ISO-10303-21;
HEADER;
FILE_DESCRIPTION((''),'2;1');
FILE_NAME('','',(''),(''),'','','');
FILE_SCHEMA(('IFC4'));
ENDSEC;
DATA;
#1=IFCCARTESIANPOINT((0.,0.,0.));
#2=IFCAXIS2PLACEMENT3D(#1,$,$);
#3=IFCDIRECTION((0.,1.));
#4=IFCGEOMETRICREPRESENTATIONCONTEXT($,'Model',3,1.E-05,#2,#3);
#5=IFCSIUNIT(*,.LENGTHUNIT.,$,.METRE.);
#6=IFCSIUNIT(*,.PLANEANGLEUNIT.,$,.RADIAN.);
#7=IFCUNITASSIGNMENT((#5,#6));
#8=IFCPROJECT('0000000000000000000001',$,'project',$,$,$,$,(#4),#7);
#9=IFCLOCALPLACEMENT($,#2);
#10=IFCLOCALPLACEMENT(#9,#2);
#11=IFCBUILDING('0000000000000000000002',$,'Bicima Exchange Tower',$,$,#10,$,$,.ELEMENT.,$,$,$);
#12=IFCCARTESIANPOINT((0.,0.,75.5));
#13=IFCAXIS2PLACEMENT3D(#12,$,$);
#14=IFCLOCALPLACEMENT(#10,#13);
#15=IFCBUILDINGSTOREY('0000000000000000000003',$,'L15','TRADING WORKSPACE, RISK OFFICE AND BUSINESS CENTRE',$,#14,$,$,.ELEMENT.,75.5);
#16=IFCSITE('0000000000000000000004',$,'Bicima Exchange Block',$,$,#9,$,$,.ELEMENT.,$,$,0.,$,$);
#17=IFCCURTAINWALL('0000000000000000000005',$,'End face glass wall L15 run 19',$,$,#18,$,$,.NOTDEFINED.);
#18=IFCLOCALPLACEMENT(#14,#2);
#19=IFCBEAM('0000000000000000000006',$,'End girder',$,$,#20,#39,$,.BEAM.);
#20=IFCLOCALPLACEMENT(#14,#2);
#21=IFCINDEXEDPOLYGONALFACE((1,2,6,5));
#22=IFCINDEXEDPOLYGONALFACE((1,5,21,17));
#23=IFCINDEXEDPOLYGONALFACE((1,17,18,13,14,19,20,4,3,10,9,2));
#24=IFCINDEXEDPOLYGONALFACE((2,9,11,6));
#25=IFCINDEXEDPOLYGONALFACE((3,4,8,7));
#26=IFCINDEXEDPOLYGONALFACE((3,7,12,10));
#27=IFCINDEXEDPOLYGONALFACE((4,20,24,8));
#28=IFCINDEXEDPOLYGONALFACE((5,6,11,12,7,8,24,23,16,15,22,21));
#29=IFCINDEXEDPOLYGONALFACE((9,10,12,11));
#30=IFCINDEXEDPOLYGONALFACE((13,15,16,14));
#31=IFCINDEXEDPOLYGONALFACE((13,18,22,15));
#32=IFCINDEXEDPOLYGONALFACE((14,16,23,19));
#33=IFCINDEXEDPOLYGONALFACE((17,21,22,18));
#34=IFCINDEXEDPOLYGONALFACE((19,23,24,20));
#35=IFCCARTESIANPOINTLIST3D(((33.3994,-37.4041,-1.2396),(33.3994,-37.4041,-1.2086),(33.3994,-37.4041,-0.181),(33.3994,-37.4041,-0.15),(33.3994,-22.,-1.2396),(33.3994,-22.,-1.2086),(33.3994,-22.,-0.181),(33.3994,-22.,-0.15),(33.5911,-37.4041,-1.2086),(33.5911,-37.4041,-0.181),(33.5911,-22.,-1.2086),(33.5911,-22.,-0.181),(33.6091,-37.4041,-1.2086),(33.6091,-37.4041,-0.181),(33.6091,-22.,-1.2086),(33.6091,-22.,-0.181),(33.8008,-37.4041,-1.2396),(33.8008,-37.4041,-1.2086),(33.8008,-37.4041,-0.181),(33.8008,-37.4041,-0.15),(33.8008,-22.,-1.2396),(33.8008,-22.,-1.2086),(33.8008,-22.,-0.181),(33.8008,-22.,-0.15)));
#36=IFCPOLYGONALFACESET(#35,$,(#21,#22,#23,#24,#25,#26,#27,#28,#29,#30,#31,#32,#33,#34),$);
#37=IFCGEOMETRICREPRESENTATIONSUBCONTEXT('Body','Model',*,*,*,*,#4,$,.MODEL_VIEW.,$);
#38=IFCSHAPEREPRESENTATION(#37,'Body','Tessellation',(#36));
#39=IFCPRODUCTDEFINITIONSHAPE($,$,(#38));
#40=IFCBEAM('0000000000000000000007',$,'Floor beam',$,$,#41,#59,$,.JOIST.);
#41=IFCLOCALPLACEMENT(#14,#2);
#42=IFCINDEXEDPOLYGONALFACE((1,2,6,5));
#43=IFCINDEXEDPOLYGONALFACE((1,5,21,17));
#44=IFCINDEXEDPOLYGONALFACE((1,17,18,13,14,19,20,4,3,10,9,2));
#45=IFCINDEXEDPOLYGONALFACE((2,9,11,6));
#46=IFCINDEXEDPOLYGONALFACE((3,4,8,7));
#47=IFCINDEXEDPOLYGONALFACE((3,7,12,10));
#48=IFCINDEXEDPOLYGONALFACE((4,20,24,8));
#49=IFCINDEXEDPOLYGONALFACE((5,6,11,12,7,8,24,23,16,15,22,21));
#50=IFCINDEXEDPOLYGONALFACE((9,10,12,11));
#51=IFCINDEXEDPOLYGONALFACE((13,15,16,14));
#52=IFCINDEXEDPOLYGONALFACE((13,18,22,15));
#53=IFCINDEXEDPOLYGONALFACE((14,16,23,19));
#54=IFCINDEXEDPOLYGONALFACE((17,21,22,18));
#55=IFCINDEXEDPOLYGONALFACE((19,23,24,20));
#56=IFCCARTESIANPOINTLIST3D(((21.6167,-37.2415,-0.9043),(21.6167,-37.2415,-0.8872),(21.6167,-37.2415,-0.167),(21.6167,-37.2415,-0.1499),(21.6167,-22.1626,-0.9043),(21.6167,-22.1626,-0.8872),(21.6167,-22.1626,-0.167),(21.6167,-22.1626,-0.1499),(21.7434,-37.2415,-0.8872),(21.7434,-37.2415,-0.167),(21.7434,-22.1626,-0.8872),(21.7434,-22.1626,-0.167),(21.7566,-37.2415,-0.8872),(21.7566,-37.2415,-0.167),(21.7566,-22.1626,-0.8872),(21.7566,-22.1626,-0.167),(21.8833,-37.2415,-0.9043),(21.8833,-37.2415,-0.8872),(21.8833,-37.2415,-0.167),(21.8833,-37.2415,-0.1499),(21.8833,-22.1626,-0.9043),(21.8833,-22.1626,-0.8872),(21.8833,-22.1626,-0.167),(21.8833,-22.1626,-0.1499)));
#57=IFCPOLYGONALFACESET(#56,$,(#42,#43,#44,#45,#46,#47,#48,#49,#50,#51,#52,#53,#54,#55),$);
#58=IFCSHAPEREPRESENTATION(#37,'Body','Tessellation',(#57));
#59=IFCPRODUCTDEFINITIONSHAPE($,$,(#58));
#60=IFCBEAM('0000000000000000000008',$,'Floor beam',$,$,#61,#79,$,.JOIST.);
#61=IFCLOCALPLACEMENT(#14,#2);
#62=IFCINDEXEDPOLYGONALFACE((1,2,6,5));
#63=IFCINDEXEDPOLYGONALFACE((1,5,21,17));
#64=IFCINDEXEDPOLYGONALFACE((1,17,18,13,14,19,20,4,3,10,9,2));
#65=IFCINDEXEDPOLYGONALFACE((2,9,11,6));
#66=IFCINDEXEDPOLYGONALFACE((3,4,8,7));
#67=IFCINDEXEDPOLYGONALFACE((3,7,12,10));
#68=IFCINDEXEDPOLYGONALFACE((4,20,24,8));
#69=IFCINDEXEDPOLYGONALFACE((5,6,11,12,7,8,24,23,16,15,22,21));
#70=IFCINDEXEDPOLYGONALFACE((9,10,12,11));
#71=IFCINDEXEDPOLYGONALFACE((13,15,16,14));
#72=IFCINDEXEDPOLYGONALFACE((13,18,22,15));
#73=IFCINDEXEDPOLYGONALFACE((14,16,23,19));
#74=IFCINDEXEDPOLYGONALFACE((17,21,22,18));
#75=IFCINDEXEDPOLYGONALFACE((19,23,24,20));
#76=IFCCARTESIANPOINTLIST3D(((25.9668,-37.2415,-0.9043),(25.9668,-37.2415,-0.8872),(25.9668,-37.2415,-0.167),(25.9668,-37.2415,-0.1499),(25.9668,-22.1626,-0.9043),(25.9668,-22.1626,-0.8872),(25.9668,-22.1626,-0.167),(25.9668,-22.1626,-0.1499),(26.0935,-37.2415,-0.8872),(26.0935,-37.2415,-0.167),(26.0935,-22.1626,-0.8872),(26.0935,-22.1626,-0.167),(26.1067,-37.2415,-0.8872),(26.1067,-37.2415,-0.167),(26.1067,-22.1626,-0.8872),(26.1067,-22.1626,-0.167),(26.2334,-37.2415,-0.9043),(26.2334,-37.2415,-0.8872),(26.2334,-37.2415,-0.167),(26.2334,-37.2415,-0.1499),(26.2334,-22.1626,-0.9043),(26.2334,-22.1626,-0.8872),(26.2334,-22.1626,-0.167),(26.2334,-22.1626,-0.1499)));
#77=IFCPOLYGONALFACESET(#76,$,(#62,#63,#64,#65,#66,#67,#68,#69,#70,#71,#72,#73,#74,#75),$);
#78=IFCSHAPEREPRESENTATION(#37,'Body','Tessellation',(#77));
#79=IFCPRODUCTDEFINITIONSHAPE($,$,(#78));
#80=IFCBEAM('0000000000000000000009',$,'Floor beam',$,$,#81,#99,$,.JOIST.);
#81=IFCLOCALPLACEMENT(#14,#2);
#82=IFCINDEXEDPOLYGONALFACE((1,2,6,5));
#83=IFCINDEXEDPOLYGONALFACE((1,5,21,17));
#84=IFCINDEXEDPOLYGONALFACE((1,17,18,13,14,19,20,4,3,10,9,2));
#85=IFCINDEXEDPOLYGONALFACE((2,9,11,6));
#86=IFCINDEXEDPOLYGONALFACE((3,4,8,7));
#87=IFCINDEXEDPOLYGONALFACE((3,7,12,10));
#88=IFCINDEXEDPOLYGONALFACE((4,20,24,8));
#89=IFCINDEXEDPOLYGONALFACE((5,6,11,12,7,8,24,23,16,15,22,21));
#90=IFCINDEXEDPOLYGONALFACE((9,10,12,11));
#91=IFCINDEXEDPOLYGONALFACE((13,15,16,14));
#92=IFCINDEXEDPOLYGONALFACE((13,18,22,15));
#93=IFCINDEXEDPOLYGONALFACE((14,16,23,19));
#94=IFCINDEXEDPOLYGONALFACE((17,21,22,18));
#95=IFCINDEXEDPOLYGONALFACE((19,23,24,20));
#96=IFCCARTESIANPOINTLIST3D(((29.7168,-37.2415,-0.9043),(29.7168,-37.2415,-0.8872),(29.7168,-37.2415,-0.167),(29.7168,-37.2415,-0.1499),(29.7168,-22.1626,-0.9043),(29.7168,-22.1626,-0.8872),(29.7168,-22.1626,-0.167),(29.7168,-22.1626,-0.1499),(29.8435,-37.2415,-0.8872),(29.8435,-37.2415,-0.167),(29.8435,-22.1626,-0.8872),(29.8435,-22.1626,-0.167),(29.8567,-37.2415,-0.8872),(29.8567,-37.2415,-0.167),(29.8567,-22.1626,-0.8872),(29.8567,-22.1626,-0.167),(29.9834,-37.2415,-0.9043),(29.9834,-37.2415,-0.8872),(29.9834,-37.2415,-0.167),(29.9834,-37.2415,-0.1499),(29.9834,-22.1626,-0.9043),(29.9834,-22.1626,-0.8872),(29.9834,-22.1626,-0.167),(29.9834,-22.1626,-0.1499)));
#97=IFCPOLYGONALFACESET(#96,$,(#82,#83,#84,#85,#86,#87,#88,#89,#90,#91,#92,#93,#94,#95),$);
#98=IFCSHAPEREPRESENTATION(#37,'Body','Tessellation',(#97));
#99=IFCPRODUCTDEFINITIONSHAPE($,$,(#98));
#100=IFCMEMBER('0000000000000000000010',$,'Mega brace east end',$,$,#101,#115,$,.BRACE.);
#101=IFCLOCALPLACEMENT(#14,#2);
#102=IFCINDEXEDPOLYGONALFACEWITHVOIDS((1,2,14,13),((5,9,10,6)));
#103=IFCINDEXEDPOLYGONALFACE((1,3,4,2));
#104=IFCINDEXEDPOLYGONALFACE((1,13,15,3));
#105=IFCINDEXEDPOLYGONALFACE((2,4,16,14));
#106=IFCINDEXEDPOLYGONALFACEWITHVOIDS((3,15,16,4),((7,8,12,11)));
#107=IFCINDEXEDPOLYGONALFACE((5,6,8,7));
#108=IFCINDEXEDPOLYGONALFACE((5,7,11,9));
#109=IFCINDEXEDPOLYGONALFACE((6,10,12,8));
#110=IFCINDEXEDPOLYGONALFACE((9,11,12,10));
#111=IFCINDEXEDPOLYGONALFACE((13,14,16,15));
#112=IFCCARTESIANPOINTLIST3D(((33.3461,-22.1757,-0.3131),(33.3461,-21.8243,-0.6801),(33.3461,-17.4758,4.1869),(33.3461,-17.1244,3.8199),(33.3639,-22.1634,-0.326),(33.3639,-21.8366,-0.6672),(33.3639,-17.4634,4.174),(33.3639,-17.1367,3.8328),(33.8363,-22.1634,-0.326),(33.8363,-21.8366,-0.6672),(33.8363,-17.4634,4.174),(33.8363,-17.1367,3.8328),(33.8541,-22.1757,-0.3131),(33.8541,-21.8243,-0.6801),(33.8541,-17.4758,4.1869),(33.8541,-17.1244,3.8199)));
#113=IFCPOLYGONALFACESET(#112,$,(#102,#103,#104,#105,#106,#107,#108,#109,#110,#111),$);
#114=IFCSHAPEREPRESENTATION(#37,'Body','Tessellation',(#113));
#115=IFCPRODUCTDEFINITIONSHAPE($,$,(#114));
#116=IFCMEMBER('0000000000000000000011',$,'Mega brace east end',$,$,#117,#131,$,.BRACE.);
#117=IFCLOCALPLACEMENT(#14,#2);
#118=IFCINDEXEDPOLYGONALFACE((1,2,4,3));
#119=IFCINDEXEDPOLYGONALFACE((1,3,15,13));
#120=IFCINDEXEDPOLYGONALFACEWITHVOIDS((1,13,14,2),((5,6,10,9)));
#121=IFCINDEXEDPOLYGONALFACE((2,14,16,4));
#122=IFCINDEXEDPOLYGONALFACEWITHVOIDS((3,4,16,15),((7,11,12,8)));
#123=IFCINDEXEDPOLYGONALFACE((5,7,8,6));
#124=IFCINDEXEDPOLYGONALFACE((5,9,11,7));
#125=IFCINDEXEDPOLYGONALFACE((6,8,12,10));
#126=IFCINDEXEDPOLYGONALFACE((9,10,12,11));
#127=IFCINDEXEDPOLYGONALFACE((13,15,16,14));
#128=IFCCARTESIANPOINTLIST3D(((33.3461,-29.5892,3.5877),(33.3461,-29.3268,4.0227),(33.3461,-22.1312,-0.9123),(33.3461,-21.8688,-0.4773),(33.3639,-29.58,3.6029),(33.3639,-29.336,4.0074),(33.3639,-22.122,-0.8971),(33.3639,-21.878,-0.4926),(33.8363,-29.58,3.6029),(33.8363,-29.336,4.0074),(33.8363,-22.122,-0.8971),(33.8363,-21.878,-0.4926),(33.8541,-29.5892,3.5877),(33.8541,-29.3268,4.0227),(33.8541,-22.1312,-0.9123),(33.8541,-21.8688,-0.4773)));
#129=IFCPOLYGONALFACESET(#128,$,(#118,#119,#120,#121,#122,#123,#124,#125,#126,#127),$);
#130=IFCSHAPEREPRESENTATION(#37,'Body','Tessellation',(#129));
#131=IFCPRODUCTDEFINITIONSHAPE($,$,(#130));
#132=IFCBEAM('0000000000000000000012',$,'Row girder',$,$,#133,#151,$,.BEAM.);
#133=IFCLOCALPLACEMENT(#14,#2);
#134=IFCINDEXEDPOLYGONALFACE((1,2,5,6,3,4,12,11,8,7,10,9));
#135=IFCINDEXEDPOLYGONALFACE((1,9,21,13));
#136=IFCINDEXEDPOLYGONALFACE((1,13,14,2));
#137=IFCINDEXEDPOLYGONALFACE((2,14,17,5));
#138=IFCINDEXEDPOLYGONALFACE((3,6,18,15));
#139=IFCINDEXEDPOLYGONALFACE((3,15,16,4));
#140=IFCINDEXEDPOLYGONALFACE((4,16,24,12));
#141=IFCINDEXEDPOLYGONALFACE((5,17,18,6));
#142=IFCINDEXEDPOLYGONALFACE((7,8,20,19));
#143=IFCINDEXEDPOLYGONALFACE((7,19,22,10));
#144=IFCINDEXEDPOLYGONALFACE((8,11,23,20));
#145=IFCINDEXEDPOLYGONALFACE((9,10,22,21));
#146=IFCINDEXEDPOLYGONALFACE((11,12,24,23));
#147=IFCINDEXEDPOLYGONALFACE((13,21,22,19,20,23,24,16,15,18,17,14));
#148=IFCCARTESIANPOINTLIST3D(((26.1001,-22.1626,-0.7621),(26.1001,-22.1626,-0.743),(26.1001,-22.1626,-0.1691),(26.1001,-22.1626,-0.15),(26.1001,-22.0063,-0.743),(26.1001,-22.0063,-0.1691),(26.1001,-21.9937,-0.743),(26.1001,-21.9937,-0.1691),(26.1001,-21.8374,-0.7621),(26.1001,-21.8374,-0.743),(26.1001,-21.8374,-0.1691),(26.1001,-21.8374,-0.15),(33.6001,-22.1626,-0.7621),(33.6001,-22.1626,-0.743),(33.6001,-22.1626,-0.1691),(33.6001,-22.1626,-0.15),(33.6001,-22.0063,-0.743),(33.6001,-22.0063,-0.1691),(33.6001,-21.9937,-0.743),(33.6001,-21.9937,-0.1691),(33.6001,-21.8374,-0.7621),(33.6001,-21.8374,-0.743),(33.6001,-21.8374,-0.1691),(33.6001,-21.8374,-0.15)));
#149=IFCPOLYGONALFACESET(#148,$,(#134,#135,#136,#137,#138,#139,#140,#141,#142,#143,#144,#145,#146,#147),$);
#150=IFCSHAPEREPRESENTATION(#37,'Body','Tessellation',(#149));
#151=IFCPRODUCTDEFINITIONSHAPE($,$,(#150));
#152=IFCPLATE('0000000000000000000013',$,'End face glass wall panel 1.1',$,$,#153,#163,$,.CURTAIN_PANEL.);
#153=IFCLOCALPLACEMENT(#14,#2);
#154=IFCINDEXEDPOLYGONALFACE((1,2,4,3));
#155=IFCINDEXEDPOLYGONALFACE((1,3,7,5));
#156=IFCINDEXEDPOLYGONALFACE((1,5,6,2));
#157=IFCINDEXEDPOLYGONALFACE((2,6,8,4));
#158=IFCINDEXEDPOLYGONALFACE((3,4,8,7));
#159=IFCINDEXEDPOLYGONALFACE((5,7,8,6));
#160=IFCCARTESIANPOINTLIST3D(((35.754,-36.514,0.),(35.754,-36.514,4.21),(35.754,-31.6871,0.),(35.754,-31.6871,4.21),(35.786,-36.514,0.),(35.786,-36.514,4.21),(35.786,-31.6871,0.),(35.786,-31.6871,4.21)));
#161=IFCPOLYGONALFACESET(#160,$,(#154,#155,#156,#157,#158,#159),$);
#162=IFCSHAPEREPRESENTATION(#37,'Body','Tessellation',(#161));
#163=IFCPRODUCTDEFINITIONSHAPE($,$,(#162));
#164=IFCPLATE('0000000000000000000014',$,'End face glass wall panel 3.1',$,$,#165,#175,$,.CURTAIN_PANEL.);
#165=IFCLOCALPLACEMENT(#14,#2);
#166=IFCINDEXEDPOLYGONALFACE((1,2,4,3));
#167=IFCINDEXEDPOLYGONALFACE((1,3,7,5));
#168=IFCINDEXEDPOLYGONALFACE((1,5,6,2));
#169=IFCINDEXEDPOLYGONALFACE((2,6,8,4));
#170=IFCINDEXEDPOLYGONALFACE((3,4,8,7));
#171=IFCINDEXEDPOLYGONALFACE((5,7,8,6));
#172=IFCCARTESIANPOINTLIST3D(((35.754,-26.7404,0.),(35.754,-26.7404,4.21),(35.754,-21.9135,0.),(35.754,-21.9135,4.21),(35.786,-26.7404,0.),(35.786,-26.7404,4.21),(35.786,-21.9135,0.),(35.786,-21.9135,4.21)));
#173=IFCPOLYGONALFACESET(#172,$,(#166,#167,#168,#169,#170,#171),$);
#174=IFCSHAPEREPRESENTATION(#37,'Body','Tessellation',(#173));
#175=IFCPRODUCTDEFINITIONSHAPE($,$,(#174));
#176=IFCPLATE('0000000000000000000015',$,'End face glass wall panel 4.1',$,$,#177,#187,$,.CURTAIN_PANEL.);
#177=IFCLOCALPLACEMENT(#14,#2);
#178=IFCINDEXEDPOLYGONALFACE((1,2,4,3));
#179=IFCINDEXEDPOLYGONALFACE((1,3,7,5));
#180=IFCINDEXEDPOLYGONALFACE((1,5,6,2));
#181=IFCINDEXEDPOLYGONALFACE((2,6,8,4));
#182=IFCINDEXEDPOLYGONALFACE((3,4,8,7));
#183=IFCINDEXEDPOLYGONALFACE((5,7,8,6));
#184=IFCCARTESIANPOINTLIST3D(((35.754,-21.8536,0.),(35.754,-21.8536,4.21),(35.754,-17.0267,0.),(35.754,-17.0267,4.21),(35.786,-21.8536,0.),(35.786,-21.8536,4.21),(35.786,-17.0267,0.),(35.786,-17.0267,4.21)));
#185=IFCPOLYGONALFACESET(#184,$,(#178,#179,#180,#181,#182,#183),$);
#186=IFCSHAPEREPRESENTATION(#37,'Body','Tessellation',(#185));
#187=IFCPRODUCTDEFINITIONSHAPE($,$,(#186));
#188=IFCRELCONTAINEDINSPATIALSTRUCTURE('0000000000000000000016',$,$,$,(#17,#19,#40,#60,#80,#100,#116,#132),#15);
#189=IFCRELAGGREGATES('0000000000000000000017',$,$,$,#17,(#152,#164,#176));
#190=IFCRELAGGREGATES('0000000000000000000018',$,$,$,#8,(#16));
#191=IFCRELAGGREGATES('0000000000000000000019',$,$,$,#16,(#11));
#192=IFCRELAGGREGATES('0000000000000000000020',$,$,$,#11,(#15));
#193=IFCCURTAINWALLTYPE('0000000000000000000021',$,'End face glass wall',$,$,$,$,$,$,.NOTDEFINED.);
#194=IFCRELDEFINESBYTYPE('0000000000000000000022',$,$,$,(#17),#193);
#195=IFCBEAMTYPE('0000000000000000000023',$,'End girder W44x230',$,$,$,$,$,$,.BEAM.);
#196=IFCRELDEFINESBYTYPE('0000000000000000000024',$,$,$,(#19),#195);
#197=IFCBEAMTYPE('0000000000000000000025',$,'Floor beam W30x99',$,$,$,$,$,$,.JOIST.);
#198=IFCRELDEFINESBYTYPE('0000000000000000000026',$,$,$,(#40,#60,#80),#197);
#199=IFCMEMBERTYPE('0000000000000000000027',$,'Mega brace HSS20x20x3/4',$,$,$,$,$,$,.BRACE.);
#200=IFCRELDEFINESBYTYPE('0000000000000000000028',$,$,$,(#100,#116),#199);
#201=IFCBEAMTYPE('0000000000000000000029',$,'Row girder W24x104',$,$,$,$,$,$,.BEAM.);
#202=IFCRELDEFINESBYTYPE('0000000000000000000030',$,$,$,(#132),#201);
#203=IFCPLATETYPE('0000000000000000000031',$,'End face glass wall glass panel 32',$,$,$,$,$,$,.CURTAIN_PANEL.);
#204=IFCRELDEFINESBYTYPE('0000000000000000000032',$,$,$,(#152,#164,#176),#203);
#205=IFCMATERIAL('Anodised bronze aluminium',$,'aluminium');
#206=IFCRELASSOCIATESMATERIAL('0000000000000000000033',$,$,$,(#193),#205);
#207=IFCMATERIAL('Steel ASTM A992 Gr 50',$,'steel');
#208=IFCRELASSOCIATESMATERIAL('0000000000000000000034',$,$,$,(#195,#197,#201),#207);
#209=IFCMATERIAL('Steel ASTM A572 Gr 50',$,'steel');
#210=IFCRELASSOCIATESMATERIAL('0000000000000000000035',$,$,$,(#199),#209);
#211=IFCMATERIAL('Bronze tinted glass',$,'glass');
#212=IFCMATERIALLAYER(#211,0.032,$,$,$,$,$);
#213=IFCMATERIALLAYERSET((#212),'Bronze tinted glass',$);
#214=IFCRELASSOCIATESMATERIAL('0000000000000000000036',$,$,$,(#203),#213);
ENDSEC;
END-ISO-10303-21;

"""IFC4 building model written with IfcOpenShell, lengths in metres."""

from ifc_helpers import new_model, si_unit, direction, frame, origin, origin_2d, place, context, subcontext, project, spatial, rectangle, hollow_rectangle, i_section, extrude, material, layer, layer_set, material_profile, profile_set, type_object, element, aggregate, save


model = new_model("IFC4")

# Units and contexts
model_context = context("Model", 3, precision=1e-05, world=origin(), true_north=direction((0.0, 1.0)))
body_context = subcontext(model_context, "Body", "Model", "MODEL_VIEW")
ifc_project = project(units=[si_unit("LENGTHUNIT", "METRE"), si_unit("PLANEANGLEUNIT", "RADIAN")], contexts=[model_context])

# Site, building, storey
site_placement = place(None, origin())
site = spatial("IfcSite", under=ifc_project, at=site_placement, Name="Bicima Exchange Block", CompositionType="ELEMENT", RefElevation=0.0)
building_placement = place(site_placement, origin())
building = spatial("IfcBuilding", under=site, at=building_placement, Name="Bicima Exchange Tower", CompositionType="ELEMENT")
storey_placement = place(building_placement, frame((0.0, 0.0, 75.5)))
storey = spatial("IfcBuildingStorey", under=building, at=storey_placement, Name="L15", Description="TRADING WORKSPACE, RISK OFFICE AND BUSINESS CENTRE", CompositionType="ELEMENT", Elevation=75.5)

# Shared definitions
ifc_material_1 = material(Name="Steel ASTM A992 Gr 50", Category="steel")

# Curtain wall
ifc_material_2 = material(Name="Anodised bronze aluminium", Category="aluminium")
curtain_wall_type = type_object("IfcCurtainWallType", Name="End face glass wall", PredefinedType="NOTDEFINED", material=ifc_material_2)
curtain_wall_placement = place(storey_placement, origin())
curtain_wall = element("IfcCurtainWall", 1, at=curtain_wall_placement, inside=storey, type_object=curtain_wall_type, Name="End face glass wall L15 run 19", PredefinedType="NOTDEFINED")

# Beams
ifc_material_profile_1 = material_profile(ifc_material_1, i_section(OverallWidth=0.4014, OverallDepth=1.0896, WebThickness=0.0181, FlangeThickness=0.031, at=origin_2d()))
ifc_profile_set_1 = profile_set([ifc_material_profile_1], Name="Steel ASTM A992 Gr 50")
beam_type_1 = type_object("IfcBeamType", Name="End girder W44x230", PredefinedType="BEAM", material=ifc_profile_set_1)
beam_1_placement = place(storey_placement, frame((33.6001, -22.0, -0.6948), z_axis=(0.0, -1.0, 0.0), x_axis=(1.0, 0.0, 0.0)))
element("IfcBeam", 2, at=beam_1_placement, inside=storey, type_object=beam_type_1, Name="End girder", PredefinedType="BEAM", context=body_context, shape_type="SweptSolid", body=[
    extrude(i_section(OverallWidth=0.4014, OverallDepth=1.0896, WebThickness=0.0181, FlangeThickness=0.031, at=origin_2d()), origin(), (0.0, 0.0, 1.0), 15.4041),
])
ifc_material_profile_2 = material_profile(ifc_material_1, i_section(OverallWidth=0.2666, OverallDepth=0.7544, WebThickness=0.0132, FlangeThickness=0.0171, at=origin_2d()))
ifc_profile_set_2 = profile_set([ifc_material_profile_2], Name="Steel ASTM A992 Gr 50")
beam_type_2 = type_object("IfcBeamType", Name="Floor beam W30x99", PredefinedType="JOIST", material=ifc_profile_set_2)
for number, where, z_axis, x_axis, name in (
    (3, (21.75, -22.1626, -0.5271), (0.0, -1.0, 0.0), (1.0, 0.0, 0.0), "Floor beam"),
    (4, (26.1001, -22.1626, -0.5271), (0.0, -1.0, 0.0), (1.0, 0.0, 0.0), "Floor beam"),
    (5, (29.8501, -22.1626, -0.5271), (0.0, -1.0, 0.0), (1.0, 0.0, 0.0), "Floor beam"),
):
    element("IfcBeam", number, at=place(storey_placement, frame(where, z_axis=z_axis, x_axis=x_axis)), inside=storey, type_object=beam_type_2, Name=name, PredefinedType="JOIST", context=body_context, shape_type="SweptSolid", body=[
        extrude(i_section(OverallWidth=0.2666, OverallDepth=0.7544, WebThickness=0.0132, FlangeThickness=0.0171, at=origin_2d()), origin(), (0.0, 0.0, 1.0), 15.0789),
    ])

# Members
ifc_material_3 = material(Name="Steel ASTM A572 Gr 50", Category="steel")
ifc_material_profile_3 = material_profile(ifc_material_3, hollow_rectangle(XDim=0.5081, YDim=0.5081, WallThickness=0.0178, at=origin_2d()))
ifc_profile_set_3 = profile_set([ifc_material_profile_3], Name="Steel ASTM A572 Gr 50")
member_type_1 = type_object("IfcMemberType", Name="Mega brace HSS20x20x3/4", PredefinedType="BRACE", material=ifc_profile_set_3)
member_1_placement = place(storey_placement, frame((33.6001, -22.0, -0.4966), z_axis=(0.0, 0.722304, 0.691575), x_axis=(-1.0, 0.0, 0.0)))
element("IfcMember", 6, at=member_1_placement, inside=storey, type_object=member_type_1, Name="Mega brace east end", PredefinedType="BRACE", context=body_context, shape_type="SweptSolid", body=[
    extrude(hollow_rectangle(XDim=0.5081, YDim=0.5081, WallThickness=0.0178, at=origin_2d()), origin(), (0.0, 0.0, 1.0), 6.5068),
])
member_2_placement = place(storey_placement, frame((33.6001, -22.0, -0.6948), z_axis=(0.0, -0.856214, 0.516621), x_axis=(1.0, 0.0, 0.0)))
element("IfcMember", 7, at=member_2_placement, inside=storey, type_object=member_type_1, Name="Mega brace east end", PredefinedType="BRACE", context=body_context, shape_type="SweptSolid", body=[
    extrude(hollow_rectangle(XDim=0.5081, YDim=0.5081, WallThickness=0.0178, at=origin_2d()), origin(), (0.0, 0.0, 1.0), 8.7104),
])

# Beam
ifc_material_profile_4 = material_profile(ifc_material_1, i_section(OverallWidth=0.3252, OverallDepth=0.6121, WebThickness=0.0127, FlangeThickness=0.019, at=origin_2d()))
ifc_profile_set_4 = profile_set([ifc_material_profile_4], Name="Steel ASTM A992 Gr 50")
beam_type_3 = type_object("IfcBeamType", Name="Row girder W24x104", PredefinedType="BEAM", material=ifc_profile_set_4)
beam_2_placement = place(storey_placement, frame((26.1001, -22.0, -0.4561), z_axis=(1.0, 0.0, 0.0), x_axis=(0.0, 1.0, 0.0)))
element("IfcBeam", 8, at=beam_2_placement, inside=storey, type_object=beam_type_3, Name="Row girder", PredefinedType="BEAM", context=body_context, shape_type="SweptSolid", body=[
    extrude(i_section(OverallWidth=0.3252, OverallDepth=0.6121, WebThickness=0.0127, FlangeThickness=0.019, at=origin_2d()), origin(), (0.0, 0.0, 1.0), 7.5),
])

# Plates
ifc_material_4 = material(Name="Bronze tinted glass", Category="glass")
ifc_layer_1 = layer(ifc_material_4, 0.032)
ifc_layer_set_1 = layer_set([ifc_layer_1], Name="Bronze tinted glass")
plate_type_1 = type_object("IfcPlateType", Name="End face glass wall glass panel 32", PredefinedType="CURTAIN_PANEL", material=ifc_layer_set_1)
plate_1_placement = place(storey_placement, frame((35.77, -34.1006, 0.0), z_axis=(0.0, 0.0, 1.0), x_axis=(0.0, 1.0, 0.0)))
plate_1 = element("IfcPlate", 9, at=plate_1_placement, type_object=plate_type_1, Name="End face glass wall panel 1.1", PredefinedType="CURTAIN_PANEL", context=body_context, shape_type="SweptSolid", body=[
    extrude(rectangle(XDim=4.8269, YDim=0.032, at=origin_2d()), origin(), (0.0, 0.0, 1.0), 4.21),
])
plate_2_placement = place(storey_placement, frame((35.77, -24.3269, 0.0), z_axis=(0.0, 0.0, 1.0), x_axis=(0.0, 1.0, 0.0)))
plate_2 = element("IfcPlate", 10, at=plate_2_placement, type_object=plate_type_1, Name="End face glass wall panel 3.1", PredefinedType="CURTAIN_PANEL", context=body_context, shape_type="SweptSolid", body=[
    extrude(rectangle(XDim=4.8269, YDim=0.032, at=origin_2d()), origin(), (0.0, 0.0, 1.0), 4.21),
])
plate_3_placement = place(storey_placement, frame((35.77, -19.4402, 0.0), z_axis=(0.0, 0.0, 1.0), x_axis=(0.0, 1.0, 0.0)))
plate_3 = element("IfcPlate", 11, at=plate_3_placement, type_object=plate_type_1, Name="End face glass wall panel 4.1", PredefinedType="CURTAIN_PANEL", context=body_context, shape_type="SweptSolid", body=[
    extrude(rectangle(XDim=4.8269, YDim=0.032, at=origin_2d()), origin(), (0.0, 0.0, 1.0), 4.21),
])
aggregate(curtain_wall, [plate_1, plate_2, plate_3])

save(model, "model.ifc")
